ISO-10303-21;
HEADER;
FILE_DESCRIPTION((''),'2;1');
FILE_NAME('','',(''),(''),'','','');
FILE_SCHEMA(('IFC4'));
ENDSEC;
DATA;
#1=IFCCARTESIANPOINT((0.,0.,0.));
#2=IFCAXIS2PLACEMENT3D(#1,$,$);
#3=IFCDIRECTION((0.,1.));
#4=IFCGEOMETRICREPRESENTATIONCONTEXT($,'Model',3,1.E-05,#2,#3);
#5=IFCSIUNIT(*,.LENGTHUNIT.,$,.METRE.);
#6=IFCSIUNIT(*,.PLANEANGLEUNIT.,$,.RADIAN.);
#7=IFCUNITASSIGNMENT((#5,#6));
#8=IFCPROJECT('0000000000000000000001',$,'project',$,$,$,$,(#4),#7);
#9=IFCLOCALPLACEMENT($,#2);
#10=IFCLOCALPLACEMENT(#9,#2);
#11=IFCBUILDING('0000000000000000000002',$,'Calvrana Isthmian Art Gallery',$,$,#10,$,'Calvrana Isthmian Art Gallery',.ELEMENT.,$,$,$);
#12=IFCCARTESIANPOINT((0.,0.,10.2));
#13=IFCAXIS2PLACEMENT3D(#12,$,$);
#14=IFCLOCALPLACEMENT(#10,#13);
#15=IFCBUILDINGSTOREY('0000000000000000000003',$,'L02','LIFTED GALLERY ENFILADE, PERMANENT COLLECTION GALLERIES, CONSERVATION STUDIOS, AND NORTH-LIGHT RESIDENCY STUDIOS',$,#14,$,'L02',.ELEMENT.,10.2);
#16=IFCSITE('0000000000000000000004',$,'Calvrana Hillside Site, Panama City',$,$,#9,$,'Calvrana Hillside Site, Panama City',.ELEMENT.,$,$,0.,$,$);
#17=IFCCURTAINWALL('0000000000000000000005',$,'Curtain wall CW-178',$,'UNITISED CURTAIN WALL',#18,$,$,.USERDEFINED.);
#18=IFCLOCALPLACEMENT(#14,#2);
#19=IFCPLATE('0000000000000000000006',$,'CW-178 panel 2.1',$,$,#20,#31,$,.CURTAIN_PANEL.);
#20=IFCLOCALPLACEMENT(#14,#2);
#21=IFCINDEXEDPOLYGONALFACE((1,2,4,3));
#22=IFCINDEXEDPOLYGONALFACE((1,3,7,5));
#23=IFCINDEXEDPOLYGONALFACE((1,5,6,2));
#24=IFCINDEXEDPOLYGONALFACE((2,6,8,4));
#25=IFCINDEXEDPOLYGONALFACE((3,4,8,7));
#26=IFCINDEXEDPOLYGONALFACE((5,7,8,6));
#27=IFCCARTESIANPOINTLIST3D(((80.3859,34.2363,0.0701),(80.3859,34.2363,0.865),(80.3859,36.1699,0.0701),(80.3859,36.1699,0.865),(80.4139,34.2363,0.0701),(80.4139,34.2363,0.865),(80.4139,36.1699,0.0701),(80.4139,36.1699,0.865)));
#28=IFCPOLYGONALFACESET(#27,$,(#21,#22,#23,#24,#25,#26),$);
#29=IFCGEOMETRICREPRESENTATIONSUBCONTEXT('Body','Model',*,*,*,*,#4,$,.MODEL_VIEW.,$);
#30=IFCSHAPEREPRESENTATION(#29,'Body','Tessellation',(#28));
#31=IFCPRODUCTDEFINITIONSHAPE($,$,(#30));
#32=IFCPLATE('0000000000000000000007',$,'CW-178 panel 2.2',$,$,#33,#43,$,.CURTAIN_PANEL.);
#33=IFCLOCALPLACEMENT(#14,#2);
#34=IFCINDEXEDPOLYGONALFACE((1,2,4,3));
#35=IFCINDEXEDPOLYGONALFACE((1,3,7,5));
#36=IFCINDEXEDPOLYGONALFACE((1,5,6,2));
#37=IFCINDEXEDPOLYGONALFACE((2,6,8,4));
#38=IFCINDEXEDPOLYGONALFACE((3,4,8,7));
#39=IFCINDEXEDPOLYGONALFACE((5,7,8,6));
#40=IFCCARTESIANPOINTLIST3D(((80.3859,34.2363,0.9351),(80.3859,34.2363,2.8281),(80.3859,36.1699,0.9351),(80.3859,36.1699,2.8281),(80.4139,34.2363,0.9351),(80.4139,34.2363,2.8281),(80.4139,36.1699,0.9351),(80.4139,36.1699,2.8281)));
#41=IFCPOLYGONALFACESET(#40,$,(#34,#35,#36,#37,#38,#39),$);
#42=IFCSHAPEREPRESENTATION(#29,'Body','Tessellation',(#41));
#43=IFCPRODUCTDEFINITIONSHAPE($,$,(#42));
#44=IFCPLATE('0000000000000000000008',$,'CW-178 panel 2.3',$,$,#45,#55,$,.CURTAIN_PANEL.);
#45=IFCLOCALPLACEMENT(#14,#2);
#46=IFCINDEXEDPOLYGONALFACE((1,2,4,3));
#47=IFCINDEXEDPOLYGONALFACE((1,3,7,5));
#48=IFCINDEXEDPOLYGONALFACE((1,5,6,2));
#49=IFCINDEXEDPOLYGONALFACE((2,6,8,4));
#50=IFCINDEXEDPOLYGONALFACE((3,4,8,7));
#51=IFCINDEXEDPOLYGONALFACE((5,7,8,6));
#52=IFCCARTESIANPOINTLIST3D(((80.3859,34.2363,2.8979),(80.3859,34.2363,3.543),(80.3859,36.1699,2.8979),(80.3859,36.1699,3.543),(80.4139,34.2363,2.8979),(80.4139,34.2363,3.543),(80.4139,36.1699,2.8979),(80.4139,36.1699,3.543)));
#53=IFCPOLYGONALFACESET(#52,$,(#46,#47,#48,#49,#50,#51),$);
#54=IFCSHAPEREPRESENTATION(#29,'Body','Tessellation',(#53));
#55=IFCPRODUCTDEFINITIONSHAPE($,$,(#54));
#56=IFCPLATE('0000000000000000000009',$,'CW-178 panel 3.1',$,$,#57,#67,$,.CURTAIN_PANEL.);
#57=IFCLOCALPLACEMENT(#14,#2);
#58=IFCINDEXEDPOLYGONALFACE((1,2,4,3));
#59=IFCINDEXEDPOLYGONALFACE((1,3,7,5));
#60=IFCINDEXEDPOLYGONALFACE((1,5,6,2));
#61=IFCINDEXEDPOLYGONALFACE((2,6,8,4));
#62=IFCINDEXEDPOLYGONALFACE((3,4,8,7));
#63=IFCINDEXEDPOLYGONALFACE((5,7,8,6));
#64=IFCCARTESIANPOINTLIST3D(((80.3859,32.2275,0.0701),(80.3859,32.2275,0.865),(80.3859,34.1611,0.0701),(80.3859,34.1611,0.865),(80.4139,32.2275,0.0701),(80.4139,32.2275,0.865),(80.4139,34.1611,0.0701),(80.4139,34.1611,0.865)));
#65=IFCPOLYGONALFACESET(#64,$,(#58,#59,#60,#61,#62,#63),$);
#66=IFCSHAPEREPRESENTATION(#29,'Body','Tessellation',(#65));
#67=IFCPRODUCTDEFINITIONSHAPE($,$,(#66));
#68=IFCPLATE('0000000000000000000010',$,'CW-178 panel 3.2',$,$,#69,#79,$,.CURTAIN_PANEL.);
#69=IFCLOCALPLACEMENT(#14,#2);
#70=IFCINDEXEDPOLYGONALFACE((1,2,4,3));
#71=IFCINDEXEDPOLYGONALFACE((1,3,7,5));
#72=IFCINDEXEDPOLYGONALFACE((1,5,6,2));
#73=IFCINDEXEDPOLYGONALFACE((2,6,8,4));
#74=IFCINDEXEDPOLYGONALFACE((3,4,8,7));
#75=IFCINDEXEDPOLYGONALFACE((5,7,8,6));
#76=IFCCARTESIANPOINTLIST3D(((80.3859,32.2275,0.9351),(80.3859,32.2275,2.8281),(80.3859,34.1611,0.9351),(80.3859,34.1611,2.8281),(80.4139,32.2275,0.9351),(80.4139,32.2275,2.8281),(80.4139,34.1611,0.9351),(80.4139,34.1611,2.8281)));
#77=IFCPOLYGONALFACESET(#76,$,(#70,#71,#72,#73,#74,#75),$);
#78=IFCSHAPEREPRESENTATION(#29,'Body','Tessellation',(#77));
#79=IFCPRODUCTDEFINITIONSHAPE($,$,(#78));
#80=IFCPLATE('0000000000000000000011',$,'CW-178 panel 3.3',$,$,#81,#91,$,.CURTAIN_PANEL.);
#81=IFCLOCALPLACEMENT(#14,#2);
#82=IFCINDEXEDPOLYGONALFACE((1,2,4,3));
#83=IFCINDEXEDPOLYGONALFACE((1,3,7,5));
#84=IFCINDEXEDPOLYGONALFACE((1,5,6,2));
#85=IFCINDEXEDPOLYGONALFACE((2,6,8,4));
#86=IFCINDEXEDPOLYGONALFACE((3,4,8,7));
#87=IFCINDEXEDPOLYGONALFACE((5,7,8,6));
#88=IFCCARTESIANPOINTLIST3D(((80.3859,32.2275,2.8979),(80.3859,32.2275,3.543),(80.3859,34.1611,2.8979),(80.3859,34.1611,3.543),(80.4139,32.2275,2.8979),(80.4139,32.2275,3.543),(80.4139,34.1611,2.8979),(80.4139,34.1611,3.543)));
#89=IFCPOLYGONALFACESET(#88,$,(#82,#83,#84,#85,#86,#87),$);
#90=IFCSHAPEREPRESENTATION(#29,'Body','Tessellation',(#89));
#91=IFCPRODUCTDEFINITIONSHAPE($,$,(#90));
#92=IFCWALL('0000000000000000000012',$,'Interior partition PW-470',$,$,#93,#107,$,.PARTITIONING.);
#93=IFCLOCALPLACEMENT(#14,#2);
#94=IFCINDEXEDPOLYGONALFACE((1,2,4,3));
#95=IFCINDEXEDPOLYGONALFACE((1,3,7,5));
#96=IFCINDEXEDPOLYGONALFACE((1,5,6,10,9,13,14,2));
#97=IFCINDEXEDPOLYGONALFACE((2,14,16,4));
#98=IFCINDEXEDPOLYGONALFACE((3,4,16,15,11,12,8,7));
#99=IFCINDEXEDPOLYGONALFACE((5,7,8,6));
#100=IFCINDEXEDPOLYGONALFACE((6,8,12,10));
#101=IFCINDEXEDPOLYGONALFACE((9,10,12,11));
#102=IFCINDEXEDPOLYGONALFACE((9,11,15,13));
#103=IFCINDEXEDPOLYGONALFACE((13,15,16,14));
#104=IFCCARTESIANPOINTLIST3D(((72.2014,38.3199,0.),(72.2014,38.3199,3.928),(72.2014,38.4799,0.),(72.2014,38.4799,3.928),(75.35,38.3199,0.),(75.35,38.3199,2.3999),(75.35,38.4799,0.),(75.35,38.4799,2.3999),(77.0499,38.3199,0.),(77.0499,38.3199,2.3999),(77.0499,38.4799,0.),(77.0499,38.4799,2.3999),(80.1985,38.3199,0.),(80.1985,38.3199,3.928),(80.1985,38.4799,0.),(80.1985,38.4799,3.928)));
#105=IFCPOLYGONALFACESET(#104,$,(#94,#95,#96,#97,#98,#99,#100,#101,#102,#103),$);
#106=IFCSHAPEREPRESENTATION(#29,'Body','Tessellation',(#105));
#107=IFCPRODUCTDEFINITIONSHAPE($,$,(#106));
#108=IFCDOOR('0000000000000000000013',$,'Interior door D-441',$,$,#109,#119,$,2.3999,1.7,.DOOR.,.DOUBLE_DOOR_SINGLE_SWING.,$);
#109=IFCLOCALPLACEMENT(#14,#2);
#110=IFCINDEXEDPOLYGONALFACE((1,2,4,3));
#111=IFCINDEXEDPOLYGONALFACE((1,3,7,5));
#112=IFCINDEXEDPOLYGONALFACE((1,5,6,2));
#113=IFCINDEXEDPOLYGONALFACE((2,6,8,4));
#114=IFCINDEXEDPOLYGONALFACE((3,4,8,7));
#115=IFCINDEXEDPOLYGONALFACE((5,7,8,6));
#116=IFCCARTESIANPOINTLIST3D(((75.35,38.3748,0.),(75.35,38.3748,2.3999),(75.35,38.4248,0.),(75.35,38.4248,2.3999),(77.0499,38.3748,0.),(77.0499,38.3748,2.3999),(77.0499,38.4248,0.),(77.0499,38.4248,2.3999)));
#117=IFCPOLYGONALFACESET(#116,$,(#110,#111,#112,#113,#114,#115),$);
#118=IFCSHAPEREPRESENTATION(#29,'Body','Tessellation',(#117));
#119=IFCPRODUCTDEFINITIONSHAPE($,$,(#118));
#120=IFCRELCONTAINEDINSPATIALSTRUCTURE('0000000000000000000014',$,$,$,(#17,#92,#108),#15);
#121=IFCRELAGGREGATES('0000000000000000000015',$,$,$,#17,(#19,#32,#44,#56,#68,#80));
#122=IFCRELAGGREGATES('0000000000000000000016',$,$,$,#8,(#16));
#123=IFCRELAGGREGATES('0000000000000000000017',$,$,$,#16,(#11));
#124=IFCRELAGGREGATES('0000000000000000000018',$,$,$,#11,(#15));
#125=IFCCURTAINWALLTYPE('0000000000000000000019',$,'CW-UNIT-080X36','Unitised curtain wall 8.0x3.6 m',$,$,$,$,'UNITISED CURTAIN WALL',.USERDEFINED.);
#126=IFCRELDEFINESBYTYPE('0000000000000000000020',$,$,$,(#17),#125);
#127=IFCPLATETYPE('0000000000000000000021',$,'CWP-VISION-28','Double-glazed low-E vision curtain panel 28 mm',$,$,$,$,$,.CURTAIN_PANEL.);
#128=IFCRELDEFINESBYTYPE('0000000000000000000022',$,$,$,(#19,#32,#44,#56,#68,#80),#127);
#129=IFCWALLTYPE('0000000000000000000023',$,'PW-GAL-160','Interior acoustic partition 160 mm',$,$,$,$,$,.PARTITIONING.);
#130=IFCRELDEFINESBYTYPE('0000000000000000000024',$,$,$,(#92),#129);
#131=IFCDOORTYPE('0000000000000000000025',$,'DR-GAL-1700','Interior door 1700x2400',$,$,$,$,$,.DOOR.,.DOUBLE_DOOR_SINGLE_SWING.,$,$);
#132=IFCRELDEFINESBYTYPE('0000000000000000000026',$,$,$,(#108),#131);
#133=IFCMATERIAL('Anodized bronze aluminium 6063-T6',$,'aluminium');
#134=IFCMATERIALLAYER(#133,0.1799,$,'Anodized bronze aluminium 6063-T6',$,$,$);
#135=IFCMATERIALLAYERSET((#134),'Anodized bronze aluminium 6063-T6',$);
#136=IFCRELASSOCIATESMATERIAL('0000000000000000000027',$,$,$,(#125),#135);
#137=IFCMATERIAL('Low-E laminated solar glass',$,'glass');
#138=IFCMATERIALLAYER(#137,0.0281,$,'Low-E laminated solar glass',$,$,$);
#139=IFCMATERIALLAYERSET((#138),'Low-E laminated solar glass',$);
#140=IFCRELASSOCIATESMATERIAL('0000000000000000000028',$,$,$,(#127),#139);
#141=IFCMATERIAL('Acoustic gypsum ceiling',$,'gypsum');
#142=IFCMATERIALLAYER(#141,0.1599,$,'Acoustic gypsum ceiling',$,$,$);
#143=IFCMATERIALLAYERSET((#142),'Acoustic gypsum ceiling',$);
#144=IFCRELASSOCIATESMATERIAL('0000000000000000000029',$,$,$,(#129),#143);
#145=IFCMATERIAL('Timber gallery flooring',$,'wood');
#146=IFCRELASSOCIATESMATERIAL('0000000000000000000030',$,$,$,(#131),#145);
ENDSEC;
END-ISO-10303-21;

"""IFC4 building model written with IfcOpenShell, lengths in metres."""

from ifc_helpers import new_model, si_unit, direction, frame, frame_2d, origin, origin_2d, place, context, subcontext, project, spatial, rectangle, extrude, material, layer, layer_set, type_object, element, fill, aggregate, save


model = new_model("IFC4")

# Units and contexts
model_context = context("Model", 3, precision=1e-05, world=origin(), true_north=direction((0.0, 1.0)))
body_context = subcontext(model_context, "Body", "Model", "MODEL_VIEW")
ifc_project = project(units=[si_unit("LENGTHUNIT", "METRE"), si_unit("PLANEANGLEUNIT", "RADIAN")], contexts=[model_context])

# Site, building, storey
site_placement = place(None, origin())
site = spatial("IfcSite", under=ifc_project, at=site_placement, Name="Calvrana Hillside Site, Panama City", LongName="Calvrana Hillside Site, Panama City", CompositionType="ELEMENT", RefElevation=0.0)
building_placement = place(site_placement, origin())
building = spatial("IfcBuilding", under=site, at=building_placement, Name="Calvrana Isthmian Art Gallery", LongName="Calvrana Isthmian Art Gallery", CompositionType="ELEMENT")
storey_placement = place(building_placement, frame((0.0, 0.0, 10.2)))
storey = spatial("IfcBuildingStorey", under=building, at=storey_placement, Name="L02", Description="LIFTED GALLERY ENFILADE, PERMANENT COLLECTION GALLERIES, CONSERVATION STUDIOS, AND NORTH-LIGHT RESIDENCY STUDIOS", LongName="L02", CompositionType="ELEMENT", Elevation=10.2)

# Curtain wall, plates
ifc_material_1 = material(Name="Anodized bronze aluminium 6063-T6", Category="aluminium")
ifc_layer_1 = layer(ifc_material_1, 0.1799, Name="Anodized bronze aluminium 6063-T6")
ifc_layer_set_1 = layer_set([ifc_layer_1], Name="Anodized bronze aluminium 6063-T6")
curtain_wall_type = type_object("IfcCurtainWallType", Name="CW-UNIT-080X36", Description="Unitised curtain wall 8.0x3.6 m", ElementType="UNITISED CURTAIN WALL", PredefinedType="USERDEFINED", material=ifc_layer_set_1)
curtain_wall_placement = place(storey_placement, origin())
curtain_wall = element("IfcCurtainWall", 1, at=curtain_wall_placement, inside=storey, type_object=curtain_wall_type, Name="Curtain wall CW-178", ObjectType="UNITISED CURTAIN WALL", PredefinedType="USERDEFINED")
ifc_material_2 = material(Name="Low-E laminated solar glass", Category="glass")
ifc_layer_2 = layer(ifc_material_2, 0.0281, Name="Low-E laminated solar glass")
ifc_layer_set_2 = layer_set([ifc_layer_2], Name="Low-E laminated solar glass")
plate_type = type_object("IfcPlateType", Name="CWP-VISION-28", Description="Double-glazed low-E vision curtain panel 28 mm", PredefinedType="CURTAIN_PANEL", material=ifc_layer_set_2)
plate_1_placement = place(storey_placement, frame((80.3999, 35.2031, 0.0701), z_axis=(0.0, 0.0, 1.0), x_axis=(0.0, -1.0, 0.0)))
plate_1 = element("IfcPlate", 2, at=plate_1_placement, type_object=plate_type, Name="CW-178 panel 2.1", PredefinedType="CURTAIN_PANEL", context=body_context, shape_type="SweptSolid", body=[
    extrude(rectangle(XDim=1.9336, YDim=0.0281, at=origin_2d()), origin(), (0.0, 0.0, 1.0), 0.7949),
])
plate_2_placement = place(storey_placement, frame((80.3999, 35.2031, 0.9351), z_axis=(0.0, 0.0, 1.0), x_axis=(0.0, -1.0, 0.0)))
plate_2 = element("IfcPlate", 3, at=plate_2_placement, type_object=plate_type, Name="CW-178 panel 2.2", PredefinedType="CURTAIN_PANEL", context=body_context, shape_type="SweptSolid", body=[
    extrude(rectangle(XDim=1.9336, YDim=0.0281, at=origin_2d()), origin(), (0.0, 0.0, 1.0), 1.8931),
])
plate_3_placement = place(storey_placement, frame((80.3999, 35.2031, 2.8979), z_axis=(0.0, 0.0, 1.0), x_axis=(0.0, -1.0, 0.0)))
plate_3 = element("IfcPlate", 4, at=plate_3_placement, type_object=plate_type, Name="CW-178 panel 2.3", PredefinedType="CURTAIN_PANEL", context=body_context, shape_type="SweptSolid", body=[
    extrude(rectangle(XDim=1.9336, YDim=0.0281, at=origin_2d()), origin(), (0.0, 0.0, 1.0), 0.645),
])
plate_4_placement = place(storey_placement, frame((80.3999, 33.1943, 0.0701), z_axis=(0.0, 0.0, 1.0), x_axis=(0.0, -1.0, 0.0)))
plate_4 = element("IfcPlate", 5, at=plate_4_placement, type_object=plate_type, Name="CW-178 panel 3.1", PredefinedType="CURTAIN_PANEL", context=body_context, shape_type="SweptSolid", body=[
    extrude(rectangle(XDim=1.9336, YDim=0.0281, at=origin_2d()), origin(), (0.0, 0.0, 1.0), 0.7949),
])
plate_5_placement = place(storey_placement, frame((80.3999, 33.1943, 0.9351), z_axis=(0.0, 0.0, 1.0), x_axis=(0.0, -1.0, 0.0)))
plate_5 = element("IfcPlate", 6, at=plate_5_placement, type_object=plate_type, Name="CW-178 panel 3.2", PredefinedType="CURTAIN_PANEL", context=body_context, shape_type="SweptSolid", body=[
    extrude(rectangle(XDim=1.9336, YDim=0.0281, at=origin_2d()), origin(), (0.0, 0.0, 1.0), 1.8931),
])
plate_6_placement = place(storey_placement, frame((80.3999, 33.1943, 2.8979), z_axis=(0.0, 0.0, 1.0), x_axis=(0.0, -1.0, 0.0)))
plate_6 = element("IfcPlate", 7, at=plate_6_placement, type_object=plate_type, Name="CW-178 panel 3.3", PredefinedType="CURTAIN_PANEL", context=body_context, shape_type="SweptSolid", body=[
    extrude(rectangle(XDim=1.9336, YDim=0.0281, at=origin_2d()), origin(), (0.0, 0.0, 1.0), 0.645),
])
aggregate(curtain_wall, [plate_1, plate_2, plate_3, plate_4, plate_5, plate_6])

# Wall, opening, door
ifc_material_3 = material(Name="Acoustic gypsum ceiling", Category="gypsum")
ifc_layer_3 = layer(ifc_material_3, 0.1599, Name="Acoustic gypsum ceiling")
ifc_layer_set_3 = layer_set([ifc_layer_3], Name="Acoustic gypsum ceiling")
wall_type = type_object("IfcWallType", Name="PW-GAL-160", Description="Interior acoustic partition 160 mm", PredefinedType="PARTITIONING", material=ifc_layer_set_3)
wall_placement = place(storey_placement, frame((72.2014, 38.3999, 0.0), z_axis=(0.0, 0.0, 1.0), x_axis=(1.0, 0.0, 0.0)))
wall = element("IfcWall", 8, at=wall_placement, inside=storey, type_object=wall_type, Name="Interior partition PW-470", PredefinedType="PARTITIONING", context=body_context, shape_type="SweptSolid", body=[
    extrude(rectangle(XDim=7.9971, YDim=0.1599, at=frame_2d((3.9985, 0.0))), origin(), (0.0, 0.0, 1.0), 3.928),
])
opening_placement = place(wall_placement, frame((3.1484, 0.0, 0.0)))
opening = element("IfcOpeningElement", 9, at=opening_placement, cuts=wall, PredefinedType="OPENING", context=body_context, shape_type="SweptSolid", body=[
    extrude(rectangle(XDim=1.7, YDim=2.3999, at=frame_2d((0.8501, 1.2))), frame((0.0, 0.0903, 0.0), z_axis=(0.0, -1.0, 0.0), x_axis=(1.0, 0.0, 0.0)), (0.0, 0.0, 1.0), 0.1804),
])
ifc_material_4 = material(Name="Timber gallery flooring", Category="wood")
door_type = type_object("IfcDoorType", Name="DR-GAL-1700", Description="Interior door 1700x2400", OperationType="DOUBLE_DOOR_SINGLE_SWING", PredefinedType="DOOR", material=ifc_material_4)
door_placement = place(opening_placement, origin())
door = element("IfcDoor", 10, at=door_placement, inside=storey, type_object=door_type, Name="Interior door D-441", OperationType="DOUBLE_DOOR_SINGLE_SWING", OverallHeight=2.3999, OverallWidth=1.7, PredefinedType="DOOR", context=body_context, shape_type="SweptSolid", body=[
    extrude(rectangle(XDim=1.7, YDim=2.3999, at=frame_2d((0.8501, 1.2))), frame((0.0, 0.0249, 0.0), z_axis=(0.0, -1.0, 0.0), x_axis=(1.0, 0.0, 0.0)), (0.0, 0.0, 1.0), 0.05),
])
fill(opening, door)

save(model, "model.ifc")
